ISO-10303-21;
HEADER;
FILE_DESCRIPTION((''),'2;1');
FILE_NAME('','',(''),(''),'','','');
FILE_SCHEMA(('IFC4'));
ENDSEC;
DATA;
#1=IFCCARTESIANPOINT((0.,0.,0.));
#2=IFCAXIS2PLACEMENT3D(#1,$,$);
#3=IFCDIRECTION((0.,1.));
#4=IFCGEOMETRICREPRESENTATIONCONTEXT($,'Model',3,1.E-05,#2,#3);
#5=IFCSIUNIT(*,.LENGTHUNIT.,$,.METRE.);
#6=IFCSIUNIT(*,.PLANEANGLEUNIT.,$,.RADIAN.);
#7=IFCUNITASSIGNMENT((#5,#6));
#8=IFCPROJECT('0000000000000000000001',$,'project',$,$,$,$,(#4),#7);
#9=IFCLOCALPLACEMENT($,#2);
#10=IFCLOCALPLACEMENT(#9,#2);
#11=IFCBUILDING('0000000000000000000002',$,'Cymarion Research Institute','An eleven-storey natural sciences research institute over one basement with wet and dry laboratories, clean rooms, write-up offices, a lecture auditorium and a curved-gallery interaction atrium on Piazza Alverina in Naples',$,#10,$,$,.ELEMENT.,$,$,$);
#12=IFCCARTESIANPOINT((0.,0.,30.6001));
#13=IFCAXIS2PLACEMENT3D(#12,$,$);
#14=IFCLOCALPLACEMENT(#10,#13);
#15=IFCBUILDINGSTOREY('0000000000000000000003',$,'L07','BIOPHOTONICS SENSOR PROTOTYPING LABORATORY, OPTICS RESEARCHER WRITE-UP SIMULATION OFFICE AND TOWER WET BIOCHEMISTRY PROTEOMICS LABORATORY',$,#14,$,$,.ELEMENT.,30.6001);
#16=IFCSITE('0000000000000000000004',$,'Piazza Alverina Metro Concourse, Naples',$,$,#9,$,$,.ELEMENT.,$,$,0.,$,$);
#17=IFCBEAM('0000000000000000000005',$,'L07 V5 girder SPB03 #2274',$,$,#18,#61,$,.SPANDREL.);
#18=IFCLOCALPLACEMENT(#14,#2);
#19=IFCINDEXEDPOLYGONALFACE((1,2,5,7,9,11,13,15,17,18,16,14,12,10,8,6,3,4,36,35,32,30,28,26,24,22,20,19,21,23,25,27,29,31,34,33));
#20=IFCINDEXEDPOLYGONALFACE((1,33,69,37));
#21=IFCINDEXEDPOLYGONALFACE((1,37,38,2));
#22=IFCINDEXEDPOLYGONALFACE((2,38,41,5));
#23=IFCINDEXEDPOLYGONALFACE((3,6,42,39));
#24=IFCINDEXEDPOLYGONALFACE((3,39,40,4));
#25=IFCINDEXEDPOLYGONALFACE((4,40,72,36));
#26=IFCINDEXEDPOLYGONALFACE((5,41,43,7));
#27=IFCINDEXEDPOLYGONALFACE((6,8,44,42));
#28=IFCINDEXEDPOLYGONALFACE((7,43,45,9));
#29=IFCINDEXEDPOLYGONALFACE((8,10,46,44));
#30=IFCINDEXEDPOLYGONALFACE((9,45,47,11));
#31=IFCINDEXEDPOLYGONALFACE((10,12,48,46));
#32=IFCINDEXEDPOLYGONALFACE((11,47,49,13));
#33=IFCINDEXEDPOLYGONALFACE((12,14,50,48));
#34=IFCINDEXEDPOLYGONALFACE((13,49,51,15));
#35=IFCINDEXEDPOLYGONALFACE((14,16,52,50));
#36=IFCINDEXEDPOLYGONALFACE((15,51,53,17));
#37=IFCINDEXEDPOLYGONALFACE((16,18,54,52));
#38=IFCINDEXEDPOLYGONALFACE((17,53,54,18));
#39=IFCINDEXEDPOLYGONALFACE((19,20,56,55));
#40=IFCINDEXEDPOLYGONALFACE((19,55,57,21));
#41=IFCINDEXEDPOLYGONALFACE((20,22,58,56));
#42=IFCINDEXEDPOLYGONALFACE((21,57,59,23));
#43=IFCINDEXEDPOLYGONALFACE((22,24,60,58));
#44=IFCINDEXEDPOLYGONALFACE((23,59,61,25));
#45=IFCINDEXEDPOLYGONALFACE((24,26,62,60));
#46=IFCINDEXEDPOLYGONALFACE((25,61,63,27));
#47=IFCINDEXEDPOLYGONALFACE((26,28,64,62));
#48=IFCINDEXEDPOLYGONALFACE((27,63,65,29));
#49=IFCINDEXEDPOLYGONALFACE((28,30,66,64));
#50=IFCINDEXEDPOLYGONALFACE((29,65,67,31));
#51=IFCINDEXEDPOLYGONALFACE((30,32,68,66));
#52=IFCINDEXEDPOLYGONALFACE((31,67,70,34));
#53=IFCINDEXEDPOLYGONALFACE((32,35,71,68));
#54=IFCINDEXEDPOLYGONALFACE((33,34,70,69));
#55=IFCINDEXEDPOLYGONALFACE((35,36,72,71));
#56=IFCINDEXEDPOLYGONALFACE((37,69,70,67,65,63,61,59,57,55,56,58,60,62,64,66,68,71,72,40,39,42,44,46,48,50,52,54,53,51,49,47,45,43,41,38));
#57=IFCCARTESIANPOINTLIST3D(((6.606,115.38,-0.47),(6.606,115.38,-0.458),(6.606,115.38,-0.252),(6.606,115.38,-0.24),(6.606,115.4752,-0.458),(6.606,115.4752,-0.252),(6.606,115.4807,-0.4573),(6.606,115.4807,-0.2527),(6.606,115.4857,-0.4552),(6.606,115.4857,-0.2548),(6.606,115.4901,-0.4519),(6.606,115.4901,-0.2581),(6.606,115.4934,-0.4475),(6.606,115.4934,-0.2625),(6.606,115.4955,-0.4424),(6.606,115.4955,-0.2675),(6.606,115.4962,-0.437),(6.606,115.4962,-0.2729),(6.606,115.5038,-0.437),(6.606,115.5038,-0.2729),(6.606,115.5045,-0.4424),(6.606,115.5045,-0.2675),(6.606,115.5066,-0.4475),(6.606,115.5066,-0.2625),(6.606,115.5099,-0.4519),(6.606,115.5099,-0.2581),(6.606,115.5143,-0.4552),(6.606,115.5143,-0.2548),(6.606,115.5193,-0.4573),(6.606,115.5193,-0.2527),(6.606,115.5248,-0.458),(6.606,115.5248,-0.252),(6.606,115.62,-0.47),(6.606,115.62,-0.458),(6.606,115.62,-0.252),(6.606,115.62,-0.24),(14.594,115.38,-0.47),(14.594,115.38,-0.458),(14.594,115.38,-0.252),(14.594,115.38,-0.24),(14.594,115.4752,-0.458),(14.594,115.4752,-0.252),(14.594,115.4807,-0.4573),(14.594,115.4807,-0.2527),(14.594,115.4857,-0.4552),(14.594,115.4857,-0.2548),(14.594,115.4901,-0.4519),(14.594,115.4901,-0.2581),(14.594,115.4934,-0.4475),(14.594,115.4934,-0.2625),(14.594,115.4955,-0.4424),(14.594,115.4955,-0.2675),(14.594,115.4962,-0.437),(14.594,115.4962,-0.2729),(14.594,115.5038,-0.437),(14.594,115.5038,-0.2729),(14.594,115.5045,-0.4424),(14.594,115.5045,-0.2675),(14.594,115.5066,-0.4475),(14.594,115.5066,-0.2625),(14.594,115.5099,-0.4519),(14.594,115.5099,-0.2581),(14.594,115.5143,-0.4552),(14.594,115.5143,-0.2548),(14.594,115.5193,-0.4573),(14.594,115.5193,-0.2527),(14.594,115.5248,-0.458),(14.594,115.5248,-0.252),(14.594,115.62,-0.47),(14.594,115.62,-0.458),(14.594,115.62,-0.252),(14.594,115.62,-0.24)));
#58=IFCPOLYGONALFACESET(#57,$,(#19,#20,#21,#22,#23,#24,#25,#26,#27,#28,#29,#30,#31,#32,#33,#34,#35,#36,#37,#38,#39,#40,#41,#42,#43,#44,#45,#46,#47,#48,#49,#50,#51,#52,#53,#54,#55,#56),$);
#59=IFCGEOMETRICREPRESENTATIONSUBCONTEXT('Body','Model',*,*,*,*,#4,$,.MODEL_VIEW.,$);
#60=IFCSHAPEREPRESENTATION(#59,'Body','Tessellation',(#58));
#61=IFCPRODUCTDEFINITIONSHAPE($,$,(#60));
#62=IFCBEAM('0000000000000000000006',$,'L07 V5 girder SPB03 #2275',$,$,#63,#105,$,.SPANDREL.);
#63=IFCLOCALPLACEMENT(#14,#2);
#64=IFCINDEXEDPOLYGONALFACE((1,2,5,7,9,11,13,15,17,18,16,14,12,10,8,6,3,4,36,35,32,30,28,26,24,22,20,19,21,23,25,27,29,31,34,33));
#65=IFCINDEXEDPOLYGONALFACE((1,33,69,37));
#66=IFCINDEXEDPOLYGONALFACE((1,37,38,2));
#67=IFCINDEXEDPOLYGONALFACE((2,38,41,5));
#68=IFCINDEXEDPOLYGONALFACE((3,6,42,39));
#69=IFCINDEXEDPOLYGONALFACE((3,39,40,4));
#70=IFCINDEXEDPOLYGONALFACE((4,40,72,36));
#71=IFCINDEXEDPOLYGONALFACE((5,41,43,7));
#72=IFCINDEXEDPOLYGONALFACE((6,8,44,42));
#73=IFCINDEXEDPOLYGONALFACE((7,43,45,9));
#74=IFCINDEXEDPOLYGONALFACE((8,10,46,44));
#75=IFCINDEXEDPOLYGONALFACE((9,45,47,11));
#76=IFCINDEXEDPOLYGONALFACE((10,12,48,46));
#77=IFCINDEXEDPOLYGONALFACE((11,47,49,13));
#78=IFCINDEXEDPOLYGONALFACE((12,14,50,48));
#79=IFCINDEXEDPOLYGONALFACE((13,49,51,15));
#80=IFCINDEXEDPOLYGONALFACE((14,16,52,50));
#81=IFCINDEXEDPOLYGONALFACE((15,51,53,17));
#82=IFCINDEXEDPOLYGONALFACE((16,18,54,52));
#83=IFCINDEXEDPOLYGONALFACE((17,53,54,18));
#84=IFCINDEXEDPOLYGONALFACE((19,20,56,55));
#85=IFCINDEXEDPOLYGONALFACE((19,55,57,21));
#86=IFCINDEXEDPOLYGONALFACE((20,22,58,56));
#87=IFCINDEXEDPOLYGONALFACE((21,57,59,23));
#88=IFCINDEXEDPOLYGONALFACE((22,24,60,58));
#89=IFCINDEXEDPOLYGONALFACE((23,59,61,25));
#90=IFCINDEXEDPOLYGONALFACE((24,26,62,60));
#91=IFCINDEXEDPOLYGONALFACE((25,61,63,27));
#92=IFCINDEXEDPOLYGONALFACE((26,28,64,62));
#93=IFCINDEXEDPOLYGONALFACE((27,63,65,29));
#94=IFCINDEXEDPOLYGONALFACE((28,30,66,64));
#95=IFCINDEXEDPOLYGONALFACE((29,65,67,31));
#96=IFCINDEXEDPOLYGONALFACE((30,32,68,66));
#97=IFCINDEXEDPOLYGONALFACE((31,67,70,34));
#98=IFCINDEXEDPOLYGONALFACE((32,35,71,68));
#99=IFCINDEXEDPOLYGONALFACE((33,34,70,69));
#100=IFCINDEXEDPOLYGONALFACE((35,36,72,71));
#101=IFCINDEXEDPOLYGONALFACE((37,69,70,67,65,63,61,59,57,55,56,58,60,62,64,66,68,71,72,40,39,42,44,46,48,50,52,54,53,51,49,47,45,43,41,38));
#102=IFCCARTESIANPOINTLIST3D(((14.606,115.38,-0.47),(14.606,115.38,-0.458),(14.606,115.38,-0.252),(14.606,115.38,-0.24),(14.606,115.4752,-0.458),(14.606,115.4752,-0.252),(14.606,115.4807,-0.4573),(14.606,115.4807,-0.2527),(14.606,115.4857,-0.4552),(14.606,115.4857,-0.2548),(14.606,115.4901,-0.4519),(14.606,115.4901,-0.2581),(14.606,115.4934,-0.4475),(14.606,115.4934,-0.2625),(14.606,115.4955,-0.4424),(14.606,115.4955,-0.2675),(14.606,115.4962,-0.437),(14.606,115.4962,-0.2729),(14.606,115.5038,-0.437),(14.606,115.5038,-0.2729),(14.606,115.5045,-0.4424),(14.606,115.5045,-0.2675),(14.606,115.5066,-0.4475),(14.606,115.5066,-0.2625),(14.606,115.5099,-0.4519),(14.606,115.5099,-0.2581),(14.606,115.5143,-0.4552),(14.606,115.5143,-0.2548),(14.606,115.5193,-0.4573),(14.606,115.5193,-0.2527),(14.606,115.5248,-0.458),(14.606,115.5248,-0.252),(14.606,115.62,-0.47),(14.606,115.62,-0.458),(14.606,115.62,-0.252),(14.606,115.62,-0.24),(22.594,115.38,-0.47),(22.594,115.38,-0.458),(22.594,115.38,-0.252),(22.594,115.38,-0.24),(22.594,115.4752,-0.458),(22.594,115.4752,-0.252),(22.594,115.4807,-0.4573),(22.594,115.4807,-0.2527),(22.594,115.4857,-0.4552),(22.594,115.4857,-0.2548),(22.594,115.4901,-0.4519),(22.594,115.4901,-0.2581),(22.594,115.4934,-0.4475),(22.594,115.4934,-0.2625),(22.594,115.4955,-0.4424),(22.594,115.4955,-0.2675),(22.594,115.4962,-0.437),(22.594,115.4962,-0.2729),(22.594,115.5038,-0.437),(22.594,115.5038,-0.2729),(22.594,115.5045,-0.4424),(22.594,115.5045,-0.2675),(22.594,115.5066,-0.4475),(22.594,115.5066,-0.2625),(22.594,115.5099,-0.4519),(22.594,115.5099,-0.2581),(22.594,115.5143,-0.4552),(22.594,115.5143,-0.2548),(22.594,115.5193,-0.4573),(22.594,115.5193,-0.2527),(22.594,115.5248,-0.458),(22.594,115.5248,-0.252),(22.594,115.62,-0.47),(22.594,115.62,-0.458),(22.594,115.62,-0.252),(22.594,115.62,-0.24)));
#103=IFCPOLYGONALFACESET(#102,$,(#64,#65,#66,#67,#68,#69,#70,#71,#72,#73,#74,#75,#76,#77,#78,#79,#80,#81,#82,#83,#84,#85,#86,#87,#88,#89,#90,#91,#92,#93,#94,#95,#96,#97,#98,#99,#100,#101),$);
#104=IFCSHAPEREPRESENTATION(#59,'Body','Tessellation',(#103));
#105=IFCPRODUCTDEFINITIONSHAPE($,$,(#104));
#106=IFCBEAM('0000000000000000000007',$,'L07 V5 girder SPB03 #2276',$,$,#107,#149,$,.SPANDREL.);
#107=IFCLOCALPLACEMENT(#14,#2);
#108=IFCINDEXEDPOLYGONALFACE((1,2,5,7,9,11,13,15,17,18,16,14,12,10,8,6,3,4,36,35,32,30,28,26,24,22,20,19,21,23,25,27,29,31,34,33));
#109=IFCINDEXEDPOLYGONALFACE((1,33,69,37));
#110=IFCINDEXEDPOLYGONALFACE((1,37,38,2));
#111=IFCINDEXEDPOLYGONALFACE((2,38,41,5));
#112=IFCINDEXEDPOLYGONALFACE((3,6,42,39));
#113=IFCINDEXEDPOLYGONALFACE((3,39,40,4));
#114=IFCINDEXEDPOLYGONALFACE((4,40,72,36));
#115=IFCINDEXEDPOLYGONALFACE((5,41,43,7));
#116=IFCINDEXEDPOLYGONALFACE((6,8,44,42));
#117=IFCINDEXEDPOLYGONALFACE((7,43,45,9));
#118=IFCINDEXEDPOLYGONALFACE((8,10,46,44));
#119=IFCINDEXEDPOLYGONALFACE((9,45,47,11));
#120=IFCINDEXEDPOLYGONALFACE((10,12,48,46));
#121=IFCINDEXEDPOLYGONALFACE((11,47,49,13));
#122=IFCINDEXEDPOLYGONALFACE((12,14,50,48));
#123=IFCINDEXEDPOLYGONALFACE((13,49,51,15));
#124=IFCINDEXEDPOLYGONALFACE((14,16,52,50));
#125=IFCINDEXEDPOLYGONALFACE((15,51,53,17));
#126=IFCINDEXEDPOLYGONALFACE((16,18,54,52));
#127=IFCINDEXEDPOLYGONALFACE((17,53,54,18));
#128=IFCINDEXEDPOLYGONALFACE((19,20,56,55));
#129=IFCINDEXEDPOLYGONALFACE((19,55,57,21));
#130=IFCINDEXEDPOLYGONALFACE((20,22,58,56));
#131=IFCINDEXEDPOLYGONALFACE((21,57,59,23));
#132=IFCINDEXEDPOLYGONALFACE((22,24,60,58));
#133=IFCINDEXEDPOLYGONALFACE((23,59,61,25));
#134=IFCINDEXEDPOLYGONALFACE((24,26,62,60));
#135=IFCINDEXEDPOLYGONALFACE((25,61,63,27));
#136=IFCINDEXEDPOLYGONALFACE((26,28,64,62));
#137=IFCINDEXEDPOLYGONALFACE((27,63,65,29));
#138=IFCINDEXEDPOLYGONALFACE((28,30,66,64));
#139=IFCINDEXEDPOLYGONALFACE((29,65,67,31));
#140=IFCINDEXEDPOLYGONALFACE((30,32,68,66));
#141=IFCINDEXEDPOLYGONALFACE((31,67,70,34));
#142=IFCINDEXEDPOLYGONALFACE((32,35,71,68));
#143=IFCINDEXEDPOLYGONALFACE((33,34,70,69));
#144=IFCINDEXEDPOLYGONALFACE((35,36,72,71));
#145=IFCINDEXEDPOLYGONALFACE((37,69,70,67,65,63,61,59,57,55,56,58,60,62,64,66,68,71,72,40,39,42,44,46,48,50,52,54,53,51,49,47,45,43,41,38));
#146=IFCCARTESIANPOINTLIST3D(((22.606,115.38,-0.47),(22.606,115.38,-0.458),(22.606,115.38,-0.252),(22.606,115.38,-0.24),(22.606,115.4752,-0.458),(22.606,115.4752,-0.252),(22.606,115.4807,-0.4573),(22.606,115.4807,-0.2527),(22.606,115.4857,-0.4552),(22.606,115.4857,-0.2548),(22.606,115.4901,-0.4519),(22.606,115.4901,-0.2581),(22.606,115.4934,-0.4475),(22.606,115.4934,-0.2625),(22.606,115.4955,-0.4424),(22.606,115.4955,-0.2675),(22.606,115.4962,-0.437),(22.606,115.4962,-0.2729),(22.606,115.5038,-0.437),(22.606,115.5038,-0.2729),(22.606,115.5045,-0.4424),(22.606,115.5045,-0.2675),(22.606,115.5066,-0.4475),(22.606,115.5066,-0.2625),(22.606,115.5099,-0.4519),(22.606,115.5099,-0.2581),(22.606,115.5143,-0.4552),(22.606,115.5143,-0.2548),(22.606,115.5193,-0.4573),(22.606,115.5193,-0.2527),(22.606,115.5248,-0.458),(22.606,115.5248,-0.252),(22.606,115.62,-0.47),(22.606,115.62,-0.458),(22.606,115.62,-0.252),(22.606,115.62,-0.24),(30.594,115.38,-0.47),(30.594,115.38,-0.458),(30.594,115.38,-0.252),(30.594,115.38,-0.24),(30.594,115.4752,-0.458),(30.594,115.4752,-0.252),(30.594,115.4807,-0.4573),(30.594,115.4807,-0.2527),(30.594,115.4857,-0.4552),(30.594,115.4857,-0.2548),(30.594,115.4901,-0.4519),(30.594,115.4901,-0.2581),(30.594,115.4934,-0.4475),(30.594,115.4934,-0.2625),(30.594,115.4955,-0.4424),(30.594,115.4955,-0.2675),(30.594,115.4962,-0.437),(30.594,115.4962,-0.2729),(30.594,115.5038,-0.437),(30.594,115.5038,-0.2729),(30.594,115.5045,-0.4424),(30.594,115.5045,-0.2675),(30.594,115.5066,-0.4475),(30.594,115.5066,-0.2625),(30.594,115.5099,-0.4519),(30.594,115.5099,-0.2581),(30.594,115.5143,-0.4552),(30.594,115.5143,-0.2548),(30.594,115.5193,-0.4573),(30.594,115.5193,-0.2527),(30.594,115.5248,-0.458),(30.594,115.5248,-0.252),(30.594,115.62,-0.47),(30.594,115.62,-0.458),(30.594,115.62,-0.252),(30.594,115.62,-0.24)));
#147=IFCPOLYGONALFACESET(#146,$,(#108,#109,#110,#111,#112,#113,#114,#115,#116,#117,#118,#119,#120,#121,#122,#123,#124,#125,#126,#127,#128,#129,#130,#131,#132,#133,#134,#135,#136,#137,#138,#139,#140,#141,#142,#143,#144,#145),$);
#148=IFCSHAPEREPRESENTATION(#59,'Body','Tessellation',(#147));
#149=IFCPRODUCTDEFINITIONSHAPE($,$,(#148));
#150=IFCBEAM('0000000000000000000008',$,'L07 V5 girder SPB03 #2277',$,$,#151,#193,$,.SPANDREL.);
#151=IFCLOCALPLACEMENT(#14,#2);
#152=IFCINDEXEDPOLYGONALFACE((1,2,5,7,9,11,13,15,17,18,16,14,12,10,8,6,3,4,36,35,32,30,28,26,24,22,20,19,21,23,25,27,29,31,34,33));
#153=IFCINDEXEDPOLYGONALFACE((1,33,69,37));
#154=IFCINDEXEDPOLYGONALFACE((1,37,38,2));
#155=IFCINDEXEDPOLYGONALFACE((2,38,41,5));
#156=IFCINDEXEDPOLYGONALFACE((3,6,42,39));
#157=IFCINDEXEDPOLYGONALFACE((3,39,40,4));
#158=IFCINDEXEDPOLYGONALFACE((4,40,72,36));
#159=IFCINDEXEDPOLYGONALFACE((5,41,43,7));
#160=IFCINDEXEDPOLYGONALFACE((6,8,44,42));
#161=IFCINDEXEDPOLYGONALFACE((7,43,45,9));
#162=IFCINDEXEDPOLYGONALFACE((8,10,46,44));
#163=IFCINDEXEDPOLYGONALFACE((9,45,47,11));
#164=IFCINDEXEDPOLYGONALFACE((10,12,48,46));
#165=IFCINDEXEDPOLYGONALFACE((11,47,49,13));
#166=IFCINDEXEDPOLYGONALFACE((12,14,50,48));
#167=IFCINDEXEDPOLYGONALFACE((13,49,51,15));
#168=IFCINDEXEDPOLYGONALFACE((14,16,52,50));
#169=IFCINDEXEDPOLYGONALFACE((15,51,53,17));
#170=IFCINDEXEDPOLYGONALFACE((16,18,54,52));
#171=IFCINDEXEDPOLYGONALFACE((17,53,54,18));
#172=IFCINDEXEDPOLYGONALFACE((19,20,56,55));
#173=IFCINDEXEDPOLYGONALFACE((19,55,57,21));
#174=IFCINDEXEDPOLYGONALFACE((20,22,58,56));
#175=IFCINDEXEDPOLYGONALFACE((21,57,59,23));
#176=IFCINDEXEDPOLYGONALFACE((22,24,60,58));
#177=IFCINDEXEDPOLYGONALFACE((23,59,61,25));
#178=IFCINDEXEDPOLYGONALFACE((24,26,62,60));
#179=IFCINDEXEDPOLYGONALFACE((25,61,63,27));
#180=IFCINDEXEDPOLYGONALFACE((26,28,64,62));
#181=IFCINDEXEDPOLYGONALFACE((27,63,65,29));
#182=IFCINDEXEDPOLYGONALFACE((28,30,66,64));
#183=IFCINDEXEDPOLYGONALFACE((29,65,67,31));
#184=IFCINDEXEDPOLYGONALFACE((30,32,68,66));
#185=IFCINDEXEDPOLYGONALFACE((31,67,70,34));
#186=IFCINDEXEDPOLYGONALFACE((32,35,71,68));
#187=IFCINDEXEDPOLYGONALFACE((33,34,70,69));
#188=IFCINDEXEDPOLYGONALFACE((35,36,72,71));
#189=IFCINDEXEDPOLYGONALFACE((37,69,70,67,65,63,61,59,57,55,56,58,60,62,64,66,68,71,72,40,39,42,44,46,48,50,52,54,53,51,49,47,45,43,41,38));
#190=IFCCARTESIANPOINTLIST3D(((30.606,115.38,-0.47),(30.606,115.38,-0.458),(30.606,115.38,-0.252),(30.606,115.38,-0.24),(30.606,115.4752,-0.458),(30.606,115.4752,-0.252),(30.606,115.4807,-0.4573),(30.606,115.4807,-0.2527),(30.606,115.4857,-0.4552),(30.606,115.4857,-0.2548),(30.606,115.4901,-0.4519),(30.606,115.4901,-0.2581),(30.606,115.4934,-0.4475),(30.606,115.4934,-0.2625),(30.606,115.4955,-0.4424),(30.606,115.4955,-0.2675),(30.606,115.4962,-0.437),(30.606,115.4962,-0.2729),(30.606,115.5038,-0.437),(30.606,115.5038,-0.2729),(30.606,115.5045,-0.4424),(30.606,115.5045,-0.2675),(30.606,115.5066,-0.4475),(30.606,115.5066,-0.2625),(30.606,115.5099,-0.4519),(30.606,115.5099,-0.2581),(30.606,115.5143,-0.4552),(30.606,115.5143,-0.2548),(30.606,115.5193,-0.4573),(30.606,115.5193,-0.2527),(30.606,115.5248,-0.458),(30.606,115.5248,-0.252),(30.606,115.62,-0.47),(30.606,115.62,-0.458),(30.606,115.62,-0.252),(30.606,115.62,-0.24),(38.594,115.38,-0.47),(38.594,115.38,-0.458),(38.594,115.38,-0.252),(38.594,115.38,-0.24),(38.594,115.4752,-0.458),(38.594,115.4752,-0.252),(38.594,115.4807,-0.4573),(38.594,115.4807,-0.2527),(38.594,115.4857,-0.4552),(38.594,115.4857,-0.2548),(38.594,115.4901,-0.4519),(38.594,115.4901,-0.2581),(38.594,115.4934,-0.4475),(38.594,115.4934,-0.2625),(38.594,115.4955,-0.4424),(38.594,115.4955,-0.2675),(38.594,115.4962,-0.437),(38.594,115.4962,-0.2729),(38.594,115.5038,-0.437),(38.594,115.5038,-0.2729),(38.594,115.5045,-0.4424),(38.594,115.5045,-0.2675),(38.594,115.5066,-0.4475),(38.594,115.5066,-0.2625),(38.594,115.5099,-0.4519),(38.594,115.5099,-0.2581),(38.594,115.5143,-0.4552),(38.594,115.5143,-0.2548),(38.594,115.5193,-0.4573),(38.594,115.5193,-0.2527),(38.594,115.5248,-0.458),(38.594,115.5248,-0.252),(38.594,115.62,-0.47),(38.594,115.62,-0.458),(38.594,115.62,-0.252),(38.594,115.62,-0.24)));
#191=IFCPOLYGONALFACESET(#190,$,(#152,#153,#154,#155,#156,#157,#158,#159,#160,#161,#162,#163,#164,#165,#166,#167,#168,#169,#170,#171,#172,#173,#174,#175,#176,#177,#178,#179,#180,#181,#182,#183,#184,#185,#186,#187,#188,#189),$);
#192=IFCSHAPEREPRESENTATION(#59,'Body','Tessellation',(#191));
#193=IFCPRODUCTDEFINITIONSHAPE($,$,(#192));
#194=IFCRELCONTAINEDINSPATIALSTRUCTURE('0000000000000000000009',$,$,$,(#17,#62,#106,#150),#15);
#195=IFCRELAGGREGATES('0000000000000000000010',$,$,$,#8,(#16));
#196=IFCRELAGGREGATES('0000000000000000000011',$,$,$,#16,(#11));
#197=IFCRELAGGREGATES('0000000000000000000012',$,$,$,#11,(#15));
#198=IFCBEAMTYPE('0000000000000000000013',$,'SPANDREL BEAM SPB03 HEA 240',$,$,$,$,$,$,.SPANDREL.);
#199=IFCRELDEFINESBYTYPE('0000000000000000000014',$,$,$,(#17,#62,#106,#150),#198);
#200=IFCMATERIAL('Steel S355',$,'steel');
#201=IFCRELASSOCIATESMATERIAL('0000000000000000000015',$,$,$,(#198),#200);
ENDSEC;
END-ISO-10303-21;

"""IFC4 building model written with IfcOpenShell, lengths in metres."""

from ifc_helpers import new_model, si_unit, direction, frame, origin, origin_2d, place, context, subcontext, project, spatial, i_section, extrude, material, material_profile, profile_set, type_object, element, save


model = new_model("IFC4")

# Units and contexts
model_context = context("Model", 3, precision=1e-05, world=origin(), true_north=direction((0.0, 1.0)))
body_context = subcontext(model_context, "Body", "Model", "MODEL_VIEW")
ifc_project = project(units=[si_unit("LENGTHUNIT", "METRE"), si_unit("PLANEANGLEUNIT", "RADIAN")], contexts=[model_context])

# Site, building, storey
site_placement = place(None, origin())
site = spatial("IfcSite", under=ifc_project, at=site_placement, Name="Piazza Alverina Metro Concourse, Naples", CompositionType="ELEMENT", RefElevation=0.0)
building_placement = place(site_placement, origin())
building = spatial("IfcBuilding", under=site, at=building_placement, Name="Cymarion Research Institute", Description="An eleven-storey natural sciences research institute over one basement with wet and dry laboratories, clean rooms, write-up offices, a lecture auditorium and a curved-gallery interaction atrium on Piazza Alverina in Naples", CompositionType="ELEMENT")
storey_placement = place(building_placement, frame((0.0, 0.0, 30.6001)))
storey = spatial("IfcBuildingStorey", under=building, at=storey_placement, Name="L07", Description="BIOPHOTONICS SENSOR PROTOTYPING LABORATORY, OPTICS RESEARCHER WRITE-UP SIMULATION OFFICE AND TOWER WET BIOCHEMISTRY PROTEOMICS LABORATORY", CompositionType="ELEMENT", Elevation=30.6001)

# Beams
ifc_material_1 = material(Name="Steel S355", Category="steel")
ifc_material_profile_1 = material_profile(ifc_material_1, i_section(OverallWidth=0.24, OverallDepth=0.23, WebThickness=0.0076, FlangeThickness=0.012, FilletRadius=0.021, at=origin_2d()), Name="HEA 240")
ifc_profile_set_1 = profile_set([ifc_material_profile_1], Name="Steel S355")
beam_type_1 = type_object("IfcBeamType", Name="SPANDREL BEAM SPB03 HEA 240", PredefinedType="SPANDREL", material=ifc_profile_set_1)
for number, where, z_axis, x_axis, name in (
    (1, (6.606, 115.5, -0.355), (1.0, 0.0, 0.0), (0.0, 1.0, 0.0), "L07 V5 girder SPB03 #2274"),
    (2, (14.606, 115.5, -0.355), (1.0, 0.0, 0.0), (0.0, 1.0, 0.0), "L07 V5 girder SPB03 #2275"),
    (3, (22.606, 115.5, -0.355), (1.0, 0.0, 0.0), (0.0, 1.0, 0.0), "L07 V5 girder SPB03 #2276"),
    (4, (30.606, 115.5, -0.355), (1.0, 0.0, 0.0), (0.0, 1.0, 0.0), "L07 V5 girder SPB03 #2277"),
):
    element("IfcBeam", number, at=place(storey_placement, frame(where, z_axis=z_axis, x_axis=x_axis)), inside=storey, type_object=beam_type_1, Name=name, PredefinedType="SPANDREL", context=body_context, shape_type="SweptSolid", body=[
        extrude(i_section(OverallWidth=0.24, OverallDepth=0.23, WebThickness=0.0076, FlangeThickness=0.012, FilletRadius=0.021, at=origin_2d()), origin(), (0.0, 0.0, 1.0), 7.988),
    ])

save(model, "model.ifc")
